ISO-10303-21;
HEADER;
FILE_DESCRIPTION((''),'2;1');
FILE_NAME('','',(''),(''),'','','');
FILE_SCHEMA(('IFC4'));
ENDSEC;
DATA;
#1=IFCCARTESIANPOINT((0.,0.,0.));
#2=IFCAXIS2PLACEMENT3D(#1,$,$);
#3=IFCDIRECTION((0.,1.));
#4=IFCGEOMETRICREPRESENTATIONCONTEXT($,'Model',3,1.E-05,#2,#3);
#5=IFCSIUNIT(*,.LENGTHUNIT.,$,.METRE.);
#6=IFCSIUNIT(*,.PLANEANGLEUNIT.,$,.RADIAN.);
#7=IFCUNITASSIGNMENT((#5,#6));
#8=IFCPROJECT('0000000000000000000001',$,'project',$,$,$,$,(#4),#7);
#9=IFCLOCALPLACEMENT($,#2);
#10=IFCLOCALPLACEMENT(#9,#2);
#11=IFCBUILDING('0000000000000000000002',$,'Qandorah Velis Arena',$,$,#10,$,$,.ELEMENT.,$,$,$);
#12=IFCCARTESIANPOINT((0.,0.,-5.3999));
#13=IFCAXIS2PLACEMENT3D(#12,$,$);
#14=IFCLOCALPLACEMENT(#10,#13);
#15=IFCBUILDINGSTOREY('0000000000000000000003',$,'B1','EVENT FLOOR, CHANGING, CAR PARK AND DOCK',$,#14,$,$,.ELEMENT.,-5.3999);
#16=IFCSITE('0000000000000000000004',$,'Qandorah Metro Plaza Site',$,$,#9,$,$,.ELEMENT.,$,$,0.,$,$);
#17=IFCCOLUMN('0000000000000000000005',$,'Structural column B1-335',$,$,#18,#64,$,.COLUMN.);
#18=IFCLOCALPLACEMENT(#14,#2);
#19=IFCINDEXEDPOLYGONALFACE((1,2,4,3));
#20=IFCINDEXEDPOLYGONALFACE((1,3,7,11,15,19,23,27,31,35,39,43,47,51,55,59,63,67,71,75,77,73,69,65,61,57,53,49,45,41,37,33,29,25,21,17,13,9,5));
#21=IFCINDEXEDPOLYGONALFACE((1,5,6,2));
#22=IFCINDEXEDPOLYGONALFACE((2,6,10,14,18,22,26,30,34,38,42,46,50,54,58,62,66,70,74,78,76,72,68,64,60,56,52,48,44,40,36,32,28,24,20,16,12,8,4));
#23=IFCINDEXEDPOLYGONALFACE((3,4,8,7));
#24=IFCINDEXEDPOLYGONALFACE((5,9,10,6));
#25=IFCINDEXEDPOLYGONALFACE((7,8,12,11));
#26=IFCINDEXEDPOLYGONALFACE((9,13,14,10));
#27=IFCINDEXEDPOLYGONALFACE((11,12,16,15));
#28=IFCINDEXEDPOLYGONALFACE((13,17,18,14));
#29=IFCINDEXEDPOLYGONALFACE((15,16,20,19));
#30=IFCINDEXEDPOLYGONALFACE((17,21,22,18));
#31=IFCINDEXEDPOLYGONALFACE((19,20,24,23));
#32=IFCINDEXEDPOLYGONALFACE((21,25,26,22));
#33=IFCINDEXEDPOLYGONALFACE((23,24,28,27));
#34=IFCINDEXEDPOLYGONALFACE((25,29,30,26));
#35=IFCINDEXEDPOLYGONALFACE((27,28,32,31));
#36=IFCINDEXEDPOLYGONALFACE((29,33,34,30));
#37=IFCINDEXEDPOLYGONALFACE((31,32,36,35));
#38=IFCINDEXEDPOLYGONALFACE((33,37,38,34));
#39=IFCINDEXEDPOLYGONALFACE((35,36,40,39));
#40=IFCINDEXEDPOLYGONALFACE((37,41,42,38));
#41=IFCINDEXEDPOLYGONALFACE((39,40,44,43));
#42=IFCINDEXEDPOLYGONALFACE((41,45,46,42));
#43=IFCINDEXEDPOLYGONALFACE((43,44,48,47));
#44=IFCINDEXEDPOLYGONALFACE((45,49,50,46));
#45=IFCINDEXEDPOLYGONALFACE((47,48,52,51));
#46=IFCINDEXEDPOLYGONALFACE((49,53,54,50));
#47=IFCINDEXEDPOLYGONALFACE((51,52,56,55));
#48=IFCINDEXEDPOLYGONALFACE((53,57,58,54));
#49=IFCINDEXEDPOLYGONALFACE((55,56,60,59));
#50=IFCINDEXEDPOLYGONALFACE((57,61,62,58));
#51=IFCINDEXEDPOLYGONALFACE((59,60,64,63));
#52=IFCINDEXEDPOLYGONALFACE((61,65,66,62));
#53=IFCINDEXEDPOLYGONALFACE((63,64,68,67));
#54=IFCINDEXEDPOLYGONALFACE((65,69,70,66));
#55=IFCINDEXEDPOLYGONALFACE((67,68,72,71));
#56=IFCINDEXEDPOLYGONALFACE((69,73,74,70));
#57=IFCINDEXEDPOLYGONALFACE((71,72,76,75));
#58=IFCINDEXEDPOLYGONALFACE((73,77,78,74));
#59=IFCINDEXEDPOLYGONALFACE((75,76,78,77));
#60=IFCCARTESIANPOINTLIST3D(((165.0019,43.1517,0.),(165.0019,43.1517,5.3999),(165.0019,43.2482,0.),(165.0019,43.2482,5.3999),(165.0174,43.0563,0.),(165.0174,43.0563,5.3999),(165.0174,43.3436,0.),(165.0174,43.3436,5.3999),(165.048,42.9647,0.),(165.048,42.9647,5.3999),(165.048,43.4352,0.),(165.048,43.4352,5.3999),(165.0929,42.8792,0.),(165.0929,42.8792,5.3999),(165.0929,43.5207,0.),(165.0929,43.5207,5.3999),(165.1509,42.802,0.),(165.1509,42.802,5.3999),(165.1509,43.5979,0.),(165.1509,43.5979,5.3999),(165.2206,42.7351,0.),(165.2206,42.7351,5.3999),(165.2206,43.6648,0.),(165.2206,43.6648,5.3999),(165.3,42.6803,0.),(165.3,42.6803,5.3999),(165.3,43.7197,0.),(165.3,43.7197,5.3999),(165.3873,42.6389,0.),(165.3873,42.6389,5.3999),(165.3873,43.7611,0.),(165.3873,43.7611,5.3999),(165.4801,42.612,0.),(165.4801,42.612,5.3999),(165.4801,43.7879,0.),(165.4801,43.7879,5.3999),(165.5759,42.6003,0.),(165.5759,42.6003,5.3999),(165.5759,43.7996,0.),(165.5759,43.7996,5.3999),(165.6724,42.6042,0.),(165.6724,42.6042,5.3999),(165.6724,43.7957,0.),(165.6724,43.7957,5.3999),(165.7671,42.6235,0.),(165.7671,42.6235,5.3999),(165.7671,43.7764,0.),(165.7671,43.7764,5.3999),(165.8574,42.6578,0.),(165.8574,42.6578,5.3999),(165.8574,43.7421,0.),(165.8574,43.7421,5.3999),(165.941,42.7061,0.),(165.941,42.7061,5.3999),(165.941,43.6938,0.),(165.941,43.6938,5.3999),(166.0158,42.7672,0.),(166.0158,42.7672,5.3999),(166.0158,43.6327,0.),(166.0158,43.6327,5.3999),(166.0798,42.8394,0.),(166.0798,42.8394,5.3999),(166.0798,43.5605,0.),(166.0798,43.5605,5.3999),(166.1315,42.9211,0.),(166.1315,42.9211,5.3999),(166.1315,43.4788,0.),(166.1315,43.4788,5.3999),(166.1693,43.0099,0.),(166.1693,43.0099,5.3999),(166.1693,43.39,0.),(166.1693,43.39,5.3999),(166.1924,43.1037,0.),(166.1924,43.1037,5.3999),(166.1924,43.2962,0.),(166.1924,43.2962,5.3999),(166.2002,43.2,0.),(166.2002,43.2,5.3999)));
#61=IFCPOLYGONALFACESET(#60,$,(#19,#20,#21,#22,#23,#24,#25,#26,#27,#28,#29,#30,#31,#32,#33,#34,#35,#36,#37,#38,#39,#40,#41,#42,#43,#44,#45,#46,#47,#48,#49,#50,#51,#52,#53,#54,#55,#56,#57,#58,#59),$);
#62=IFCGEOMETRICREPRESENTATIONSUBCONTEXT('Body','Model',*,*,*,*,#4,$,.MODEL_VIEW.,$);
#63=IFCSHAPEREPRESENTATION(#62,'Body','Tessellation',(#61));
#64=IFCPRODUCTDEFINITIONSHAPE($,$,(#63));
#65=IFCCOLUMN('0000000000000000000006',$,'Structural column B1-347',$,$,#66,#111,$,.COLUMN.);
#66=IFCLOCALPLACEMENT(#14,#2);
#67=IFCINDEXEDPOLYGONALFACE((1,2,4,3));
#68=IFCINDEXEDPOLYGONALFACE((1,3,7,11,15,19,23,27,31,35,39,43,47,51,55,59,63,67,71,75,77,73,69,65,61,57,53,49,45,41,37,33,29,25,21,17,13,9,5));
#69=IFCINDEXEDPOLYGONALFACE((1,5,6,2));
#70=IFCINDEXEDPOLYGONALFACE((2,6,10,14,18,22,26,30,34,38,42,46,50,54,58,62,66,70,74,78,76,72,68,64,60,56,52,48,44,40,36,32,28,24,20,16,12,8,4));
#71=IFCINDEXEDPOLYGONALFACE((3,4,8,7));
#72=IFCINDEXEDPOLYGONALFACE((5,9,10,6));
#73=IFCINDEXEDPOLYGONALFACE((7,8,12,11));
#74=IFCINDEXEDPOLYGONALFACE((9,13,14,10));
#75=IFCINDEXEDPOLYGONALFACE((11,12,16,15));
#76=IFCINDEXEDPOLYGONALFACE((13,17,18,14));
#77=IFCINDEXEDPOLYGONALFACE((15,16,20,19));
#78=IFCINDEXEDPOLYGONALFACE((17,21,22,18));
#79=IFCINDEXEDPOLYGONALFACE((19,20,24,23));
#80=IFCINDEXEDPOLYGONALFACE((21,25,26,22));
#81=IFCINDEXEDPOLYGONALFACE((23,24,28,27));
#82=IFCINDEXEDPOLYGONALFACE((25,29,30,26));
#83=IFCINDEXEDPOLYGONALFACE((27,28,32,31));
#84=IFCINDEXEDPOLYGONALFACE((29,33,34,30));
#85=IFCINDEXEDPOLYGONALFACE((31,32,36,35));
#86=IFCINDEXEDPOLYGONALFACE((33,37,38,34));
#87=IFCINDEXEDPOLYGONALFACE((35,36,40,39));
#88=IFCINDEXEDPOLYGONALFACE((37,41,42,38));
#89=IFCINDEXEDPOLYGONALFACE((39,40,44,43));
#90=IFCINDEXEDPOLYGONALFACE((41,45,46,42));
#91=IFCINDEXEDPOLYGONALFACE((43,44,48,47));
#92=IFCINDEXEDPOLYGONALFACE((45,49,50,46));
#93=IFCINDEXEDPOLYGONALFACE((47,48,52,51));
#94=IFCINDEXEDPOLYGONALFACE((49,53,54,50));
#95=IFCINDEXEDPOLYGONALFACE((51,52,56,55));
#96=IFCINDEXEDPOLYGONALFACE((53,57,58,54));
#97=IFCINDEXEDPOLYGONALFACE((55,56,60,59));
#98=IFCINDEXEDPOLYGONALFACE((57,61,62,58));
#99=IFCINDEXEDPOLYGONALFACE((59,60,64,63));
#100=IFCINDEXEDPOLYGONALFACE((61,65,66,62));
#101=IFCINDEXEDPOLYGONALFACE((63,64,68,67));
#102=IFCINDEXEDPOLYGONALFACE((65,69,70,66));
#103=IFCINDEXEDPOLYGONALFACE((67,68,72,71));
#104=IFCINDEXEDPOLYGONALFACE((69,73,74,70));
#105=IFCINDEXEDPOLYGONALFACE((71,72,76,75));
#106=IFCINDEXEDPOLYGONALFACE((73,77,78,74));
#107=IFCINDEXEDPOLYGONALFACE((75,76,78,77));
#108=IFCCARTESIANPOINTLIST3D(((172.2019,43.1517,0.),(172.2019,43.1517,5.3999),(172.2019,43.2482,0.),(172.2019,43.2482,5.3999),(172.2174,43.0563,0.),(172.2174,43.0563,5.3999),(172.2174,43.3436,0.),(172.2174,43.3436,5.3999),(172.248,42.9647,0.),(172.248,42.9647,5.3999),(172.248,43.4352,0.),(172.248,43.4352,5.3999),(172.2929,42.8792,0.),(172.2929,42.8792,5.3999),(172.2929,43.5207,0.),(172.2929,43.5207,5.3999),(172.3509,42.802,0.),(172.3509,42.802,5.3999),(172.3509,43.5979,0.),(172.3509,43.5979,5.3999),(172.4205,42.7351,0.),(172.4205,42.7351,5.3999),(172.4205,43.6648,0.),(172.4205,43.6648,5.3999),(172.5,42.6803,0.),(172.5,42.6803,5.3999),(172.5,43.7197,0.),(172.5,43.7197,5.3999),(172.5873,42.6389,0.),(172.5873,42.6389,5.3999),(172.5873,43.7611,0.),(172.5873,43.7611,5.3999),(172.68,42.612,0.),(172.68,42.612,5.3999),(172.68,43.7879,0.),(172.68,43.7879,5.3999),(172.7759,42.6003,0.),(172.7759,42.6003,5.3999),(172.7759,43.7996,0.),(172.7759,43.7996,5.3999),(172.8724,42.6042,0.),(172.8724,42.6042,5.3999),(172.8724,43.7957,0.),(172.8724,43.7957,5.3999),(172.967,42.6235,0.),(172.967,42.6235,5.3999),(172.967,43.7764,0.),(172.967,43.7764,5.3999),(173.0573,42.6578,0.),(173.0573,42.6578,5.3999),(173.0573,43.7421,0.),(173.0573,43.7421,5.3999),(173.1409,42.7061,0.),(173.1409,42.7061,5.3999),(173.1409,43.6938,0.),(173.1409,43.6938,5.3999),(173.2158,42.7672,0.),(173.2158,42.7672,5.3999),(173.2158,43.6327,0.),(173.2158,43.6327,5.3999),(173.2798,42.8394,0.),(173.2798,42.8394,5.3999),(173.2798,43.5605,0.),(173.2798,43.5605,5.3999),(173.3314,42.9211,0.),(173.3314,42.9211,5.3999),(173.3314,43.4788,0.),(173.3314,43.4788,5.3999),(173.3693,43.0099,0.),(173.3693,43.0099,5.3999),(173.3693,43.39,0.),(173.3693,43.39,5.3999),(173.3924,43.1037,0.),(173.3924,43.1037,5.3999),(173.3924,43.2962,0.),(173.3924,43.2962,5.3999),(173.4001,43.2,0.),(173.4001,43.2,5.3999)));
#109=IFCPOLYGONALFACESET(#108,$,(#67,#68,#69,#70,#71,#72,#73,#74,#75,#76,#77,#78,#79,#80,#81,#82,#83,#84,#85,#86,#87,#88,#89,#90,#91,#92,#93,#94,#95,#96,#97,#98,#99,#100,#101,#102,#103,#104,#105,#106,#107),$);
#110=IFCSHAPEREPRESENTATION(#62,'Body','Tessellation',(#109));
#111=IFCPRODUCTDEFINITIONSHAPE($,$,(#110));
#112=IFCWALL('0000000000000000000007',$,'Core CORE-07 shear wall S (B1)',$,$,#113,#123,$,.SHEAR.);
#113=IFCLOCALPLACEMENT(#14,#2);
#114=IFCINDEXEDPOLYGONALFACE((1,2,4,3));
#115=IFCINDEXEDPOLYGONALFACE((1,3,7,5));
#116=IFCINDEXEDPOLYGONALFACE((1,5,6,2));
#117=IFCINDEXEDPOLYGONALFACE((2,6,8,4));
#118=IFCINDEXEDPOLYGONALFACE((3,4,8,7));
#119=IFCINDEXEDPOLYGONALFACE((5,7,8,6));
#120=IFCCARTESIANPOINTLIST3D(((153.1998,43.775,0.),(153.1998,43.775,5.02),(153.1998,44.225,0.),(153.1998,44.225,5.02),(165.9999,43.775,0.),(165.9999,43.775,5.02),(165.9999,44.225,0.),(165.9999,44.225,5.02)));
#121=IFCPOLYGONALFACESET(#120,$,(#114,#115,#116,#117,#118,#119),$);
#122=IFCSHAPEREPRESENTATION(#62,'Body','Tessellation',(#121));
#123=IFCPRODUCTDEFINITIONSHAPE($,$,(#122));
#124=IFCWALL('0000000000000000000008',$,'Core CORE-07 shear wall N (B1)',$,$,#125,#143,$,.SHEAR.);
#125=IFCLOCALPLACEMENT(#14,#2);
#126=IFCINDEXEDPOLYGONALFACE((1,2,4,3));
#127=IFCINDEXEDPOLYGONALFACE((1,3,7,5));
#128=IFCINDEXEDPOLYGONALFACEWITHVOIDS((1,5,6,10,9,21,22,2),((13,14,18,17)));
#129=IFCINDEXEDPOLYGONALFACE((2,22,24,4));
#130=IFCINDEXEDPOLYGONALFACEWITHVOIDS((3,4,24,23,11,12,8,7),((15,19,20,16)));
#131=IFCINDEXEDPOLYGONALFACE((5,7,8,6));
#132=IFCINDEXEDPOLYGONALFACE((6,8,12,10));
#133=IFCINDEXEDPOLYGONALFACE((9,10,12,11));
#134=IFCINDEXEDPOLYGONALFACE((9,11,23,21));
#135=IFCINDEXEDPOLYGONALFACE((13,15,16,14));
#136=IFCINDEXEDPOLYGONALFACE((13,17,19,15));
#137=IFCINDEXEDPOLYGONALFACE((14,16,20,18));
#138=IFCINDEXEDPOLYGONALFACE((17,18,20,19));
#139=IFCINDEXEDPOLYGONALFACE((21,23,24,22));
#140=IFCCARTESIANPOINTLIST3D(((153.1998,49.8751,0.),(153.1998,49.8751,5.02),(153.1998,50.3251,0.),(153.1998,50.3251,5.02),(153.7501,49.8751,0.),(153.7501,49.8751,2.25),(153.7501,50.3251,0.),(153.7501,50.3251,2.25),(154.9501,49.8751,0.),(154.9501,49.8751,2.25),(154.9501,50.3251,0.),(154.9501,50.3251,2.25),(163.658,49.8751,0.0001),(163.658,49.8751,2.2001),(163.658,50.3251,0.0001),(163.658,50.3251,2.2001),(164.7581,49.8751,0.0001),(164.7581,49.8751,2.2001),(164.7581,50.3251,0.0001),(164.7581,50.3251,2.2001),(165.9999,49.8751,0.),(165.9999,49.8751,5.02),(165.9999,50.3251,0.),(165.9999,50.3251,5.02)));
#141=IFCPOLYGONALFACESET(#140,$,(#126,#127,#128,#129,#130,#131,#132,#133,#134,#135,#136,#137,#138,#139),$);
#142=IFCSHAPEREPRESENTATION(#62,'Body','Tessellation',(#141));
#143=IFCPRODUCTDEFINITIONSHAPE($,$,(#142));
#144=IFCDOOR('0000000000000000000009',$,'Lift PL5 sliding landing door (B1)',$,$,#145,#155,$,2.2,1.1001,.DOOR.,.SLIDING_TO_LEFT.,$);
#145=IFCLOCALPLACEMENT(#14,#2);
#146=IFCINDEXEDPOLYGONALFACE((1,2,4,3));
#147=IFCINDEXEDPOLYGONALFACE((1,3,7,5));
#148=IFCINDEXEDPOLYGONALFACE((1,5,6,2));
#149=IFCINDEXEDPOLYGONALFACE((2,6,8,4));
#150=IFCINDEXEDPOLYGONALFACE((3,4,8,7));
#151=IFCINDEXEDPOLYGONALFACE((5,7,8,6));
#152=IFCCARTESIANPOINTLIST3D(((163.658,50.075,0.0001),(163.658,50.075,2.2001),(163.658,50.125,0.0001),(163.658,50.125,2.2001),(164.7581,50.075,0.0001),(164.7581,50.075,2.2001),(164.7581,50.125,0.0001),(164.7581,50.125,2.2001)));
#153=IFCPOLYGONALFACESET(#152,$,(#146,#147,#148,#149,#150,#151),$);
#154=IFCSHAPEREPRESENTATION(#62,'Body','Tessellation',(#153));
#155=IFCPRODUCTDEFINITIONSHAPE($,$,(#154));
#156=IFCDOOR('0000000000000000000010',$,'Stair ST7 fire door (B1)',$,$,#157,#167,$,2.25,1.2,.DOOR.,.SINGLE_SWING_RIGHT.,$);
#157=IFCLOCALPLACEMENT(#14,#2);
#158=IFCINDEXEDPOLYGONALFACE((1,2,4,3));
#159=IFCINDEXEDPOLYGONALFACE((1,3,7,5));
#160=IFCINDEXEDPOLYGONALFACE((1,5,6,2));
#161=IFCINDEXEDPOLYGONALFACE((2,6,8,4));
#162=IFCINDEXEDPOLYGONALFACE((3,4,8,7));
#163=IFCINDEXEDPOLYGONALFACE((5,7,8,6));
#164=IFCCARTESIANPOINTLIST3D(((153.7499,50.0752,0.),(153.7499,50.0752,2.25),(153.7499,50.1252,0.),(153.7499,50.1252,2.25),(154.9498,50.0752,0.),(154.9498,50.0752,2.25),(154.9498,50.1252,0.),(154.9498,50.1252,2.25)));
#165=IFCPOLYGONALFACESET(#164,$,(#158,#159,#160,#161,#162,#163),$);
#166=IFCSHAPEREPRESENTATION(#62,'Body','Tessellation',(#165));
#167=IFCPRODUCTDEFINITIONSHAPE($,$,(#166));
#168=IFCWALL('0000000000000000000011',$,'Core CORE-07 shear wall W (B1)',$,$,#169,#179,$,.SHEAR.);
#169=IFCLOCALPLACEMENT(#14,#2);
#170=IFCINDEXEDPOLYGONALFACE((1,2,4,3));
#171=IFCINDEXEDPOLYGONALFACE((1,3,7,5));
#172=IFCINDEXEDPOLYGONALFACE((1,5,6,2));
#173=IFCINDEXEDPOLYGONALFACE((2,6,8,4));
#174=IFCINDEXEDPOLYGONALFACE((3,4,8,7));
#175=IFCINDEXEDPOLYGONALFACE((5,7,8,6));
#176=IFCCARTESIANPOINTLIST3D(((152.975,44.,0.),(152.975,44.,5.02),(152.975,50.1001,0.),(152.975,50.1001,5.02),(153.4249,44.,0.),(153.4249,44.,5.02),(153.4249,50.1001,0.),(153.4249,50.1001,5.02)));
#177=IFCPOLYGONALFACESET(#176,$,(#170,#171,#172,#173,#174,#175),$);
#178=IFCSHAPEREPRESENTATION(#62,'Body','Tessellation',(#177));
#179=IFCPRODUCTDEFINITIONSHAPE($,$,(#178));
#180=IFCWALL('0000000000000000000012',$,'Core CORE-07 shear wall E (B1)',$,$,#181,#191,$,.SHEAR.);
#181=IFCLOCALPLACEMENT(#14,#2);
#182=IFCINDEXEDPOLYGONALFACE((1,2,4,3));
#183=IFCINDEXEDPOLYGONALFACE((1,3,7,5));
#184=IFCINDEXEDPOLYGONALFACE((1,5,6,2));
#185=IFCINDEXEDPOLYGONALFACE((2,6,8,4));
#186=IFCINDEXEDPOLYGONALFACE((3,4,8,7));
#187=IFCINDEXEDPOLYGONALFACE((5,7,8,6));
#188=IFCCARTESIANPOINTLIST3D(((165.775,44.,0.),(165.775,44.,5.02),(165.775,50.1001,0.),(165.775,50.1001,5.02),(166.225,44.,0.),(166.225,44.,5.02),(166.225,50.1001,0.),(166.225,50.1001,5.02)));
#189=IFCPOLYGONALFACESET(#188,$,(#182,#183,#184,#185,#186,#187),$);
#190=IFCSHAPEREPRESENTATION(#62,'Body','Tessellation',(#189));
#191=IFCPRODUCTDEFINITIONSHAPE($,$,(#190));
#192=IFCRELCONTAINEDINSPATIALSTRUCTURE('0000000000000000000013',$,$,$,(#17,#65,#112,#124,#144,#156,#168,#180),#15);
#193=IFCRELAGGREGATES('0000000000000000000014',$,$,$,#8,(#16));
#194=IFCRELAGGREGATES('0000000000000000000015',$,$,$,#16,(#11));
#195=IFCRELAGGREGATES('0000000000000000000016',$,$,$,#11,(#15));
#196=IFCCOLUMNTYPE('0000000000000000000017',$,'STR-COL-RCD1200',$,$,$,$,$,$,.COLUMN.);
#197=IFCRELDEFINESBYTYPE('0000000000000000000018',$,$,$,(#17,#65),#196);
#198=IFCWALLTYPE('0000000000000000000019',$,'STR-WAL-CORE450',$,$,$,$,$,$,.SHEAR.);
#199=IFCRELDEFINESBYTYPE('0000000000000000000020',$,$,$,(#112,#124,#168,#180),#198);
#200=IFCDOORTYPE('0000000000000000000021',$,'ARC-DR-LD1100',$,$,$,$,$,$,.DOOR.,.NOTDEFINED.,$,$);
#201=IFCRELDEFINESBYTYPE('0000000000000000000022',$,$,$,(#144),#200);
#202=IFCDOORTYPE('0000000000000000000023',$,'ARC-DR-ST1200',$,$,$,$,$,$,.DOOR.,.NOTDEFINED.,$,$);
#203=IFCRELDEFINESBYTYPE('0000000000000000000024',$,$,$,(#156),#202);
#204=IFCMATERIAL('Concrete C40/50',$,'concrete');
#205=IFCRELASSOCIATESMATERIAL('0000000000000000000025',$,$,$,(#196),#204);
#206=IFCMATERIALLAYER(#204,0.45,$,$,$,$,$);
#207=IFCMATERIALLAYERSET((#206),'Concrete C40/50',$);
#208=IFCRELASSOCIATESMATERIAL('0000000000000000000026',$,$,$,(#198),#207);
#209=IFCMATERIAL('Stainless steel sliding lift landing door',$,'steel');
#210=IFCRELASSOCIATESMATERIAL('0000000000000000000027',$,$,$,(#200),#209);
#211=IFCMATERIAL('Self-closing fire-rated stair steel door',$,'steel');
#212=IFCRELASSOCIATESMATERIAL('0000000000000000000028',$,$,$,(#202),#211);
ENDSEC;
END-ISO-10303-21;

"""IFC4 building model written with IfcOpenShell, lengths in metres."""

from ifc_helpers import new_model, si_unit, direction, frame, frame_2d, origin, origin_2d, place, context, subcontext, project, spatial, rectangle, circle, extrude, material, layer, layer_set, material_profile, profile_set, type_object, element, fill, save


model = new_model("IFC4")

# Units and contexts
model_context = context("Model", 3, precision=1e-05, world=origin(), true_north=direction((0.0, 1.0)))
body_context = subcontext(model_context, "Body", "Model", "MODEL_VIEW")
ifc_project = project(units=[si_unit("LENGTHUNIT", "METRE"), si_unit("PLANEANGLEUNIT", "RADIAN")], contexts=[model_context])

# Site, building, storey
site_placement = place(None, origin())
site = spatial("IfcSite", under=ifc_project, at=site_placement, Name="Qandorah Metro Plaza Site", CompositionType="ELEMENT", RefElevation=0.0)
building_placement = place(site_placement, origin())
building = spatial("IfcBuilding", under=site, at=building_placement, Name="Qandorah Velis Arena", CompositionType="ELEMENT")
storey_placement = place(building_placement, frame((0.0, 0.0, -5.3999)))
storey = spatial("IfcBuildingStorey", under=building, at=storey_placement, Name="B1", Description="EVENT FLOOR, CHANGING, CAR PARK AND DOCK", CompositionType="ELEMENT", Elevation=-5.3999)

# Shared definitions
ifc_material_1 = material(Name="Concrete C40/50", Category="concrete")

# Columns
ifc_material_profile_1 = material_profile(ifc_material_1, circle(Radius=0.6001, at=origin_2d()), Name="RC D1200")
ifc_profile_set_1 = profile_set([ifc_material_profile_1], Name="Concrete C40/50")
column_type_1 = type_object("IfcColumnType", Name="STR-COL-RCD1200", PredefinedType="COLUMN", material=ifc_profile_set_1)
for number, where, z_axis, x_axis, name in (
    (1, (165.6001, 43.2, 0.0), (0.0, 0.0, 1.0), (1.0, 0.0, 0.0), "Structural column B1-335"),
    (2, (172.8, 43.2, 0.0), (0.0, 0.0, 1.0), (1.0, 0.0, 0.0), "Structural column B1-347"),
):
    element("IfcColumn", number, at=place(storey_placement, frame(where, z_axis=z_axis, x_axis=x_axis)), inside=storey, type_object=column_type_1, Name=name, PredefinedType="COLUMN", context=body_context, shape_type="SweptSolid", body=[
        extrude(circle(Radius=0.6001, at=origin_2d()), origin(), (0.0, 0.0, 1.0), 5.3999),
    ])

# Wall
ifc_layer_1 = layer(ifc_material_1, 0.45)
ifc_layer_set_1 = layer_set([ifc_layer_1], Name="Concrete C40/50")
wall_type_1 = type_object("IfcWallType", Name="STR-WAL-CORE450", PredefinedType="SHEAR", material=ifc_layer_set_1)
wall_1_placement = place(storey_placement, frame((153.2, 44.0, 0.0), z_axis=(0.0, 0.0, 1.0), x_axis=(1.0, 0.0, 0.0)))
element("IfcWall", 3, at=wall_1_placement, inside=storey, type_object=wall_type_1, Name="Core CORE-07 shear wall S (B1)", PredefinedType="SHEAR", context=body_context, shape_type="SweptSolid", body=[
    extrude(rectangle(XDim=12.8, YDim=0.45, at=frame_2d((6.3999, 0.0))), origin(), (0.0, 0.0, 1.0), 5.02),
])

# Wall, openings, doors
wall_2_placement = place(storey_placement, frame((153.2, 50.1001, 0.0), z_axis=(0.0, 0.0, 1.0), x_axis=(1.0, 0.0, 0.0)))
wall_2 = element("IfcWall", 4, at=wall_2_placement, inside=storey, type_object=wall_type_1, Name="Core CORE-07 shear wall N (B1)", PredefinedType="SHEAR", context=body_context, shape_type="SweptSolid", body=[
    extrude(rectangle(XDim=12.8, YDim=0.45, at=frame_2d((6.3999, 0.0))), origin(), (0.0, 0.0, 1.0), 5.02),
])
opening_1_placement = place(wall_2_placement, frame((0.55, 0.0, 0.0)))
opening_1 = element("IfcOpeningElement", 5, at=opening_1_placement, cuts=wall_2, PredefinedType="OPENING", context=body_context, shape_type="SweptSolid", body=[
    extrude(rectangle(XDim=1.2, YDim=2.25, at=frame_2d((0.6001, 1.125))), frame((0.0, 0.2349, 0.0), z_axis=(0.0, -1.0, 0.0), x_axis=(1.0, 0.0, 0.0)), (0.0, 0.0, 1.0), 0.47),
])
opening_2_placement = place(wall_2_placement, frame((10.458, 0.0, 0.0)))
opening_2 = element("IfcOpeningElement", 6, at=opening_2_placement, cuts=wall_2, PredefinedType="OPENING", context=body_context, shape_type="SweptSolid", body=[
    extrude(rectangle(XDim=1.1001, YDim=2.2, at=frame_2d((0.55, 1.1001))), frame((0.0, 0.2349, 0.0), z_axis=(0.0, -1.0, 0.0), x_axis=(1.0, 0.0, 0.0)), (0.0, 0.0, 1.0), 0.47),
])
ifc_material_2 = material(Name="Stainless steel sliding lift landing door", Category="steel")
door_type_1 = type_object("IfcDoorType", Name="ARC-DR-LD1100", OperationType="NOTDEFINED", PredefinedType="DOOR", material=ifc_material_2)
door_1_placement = place(opening_2_placement, origin())
door_1 = element("IfcDoor", 7, at=door_1_placement, inside=storey, type_object=door_type_1, Name="Lift PL5 sliding landing door (B1)", OperationType="SLIDING_TO_LEFT", OverallHeight=2.2, OverallWidth=1.1001, PredefinedType="DOOR", context=body_context, shape_type="SweptSolid", body=[
    extrude(rectangle(XDim=1.1001, YDim=2.2, at=frame_2d((0.55, 1.1001))), frame((0.0, 0.0249, 0.0), z_axis=(0.0, -1.0, 0.0), x_axis=(1.0, 0.0, 0.0)), (0.0, 0.0, 1.0), 0.05),
])
fill(opening_2, door_1)
ifc_material_3 = material(Name="Self-closing fire-rated stair steel door", Category="steel")
door_type_2 = type_object("IfcDoorType", Name="ARC-DR-ST1200", OperationType="NOTDEFINED", PredefinedType="DOOR", material=ifc_material_3)
door_2_placement = place(opening_1_placement, frame((1.2, 0.0, 0.0), z_axis=(0.0, 0.0, 1.0), x_axis=(-1.0, 0.0, 0.0)))
door_2 = element("IfcDoor", 8, at=door_2_placement, inside=storey, type_object=door_type_2, Name="Stair ST7 fire door (B1)", OperationType="SINGLE_SWING_RIGHT", OverallHeight=2.25, OverallWidth=1.2, PredefinedType="DOOR", context=body_context, shape_type="SweptSolid", body=[
    extrude(rectangle(XDim=1.2, YDim=2.25, at=frame_2d((0.6001, 1.125))), frame((0.0, 0.0249, 0.0), z_axis=(0.0, -1.0, 0.0), x_axis=(1.0, 0.0, 0.0)), (0.0, 0.0, 1.0), 0.05),
])
fill(opening_1, door_2)

# Walls
for number, where, z_axis, x_axis, name in (
    (9, (153.2, 44.0, 0.0), (0.0, 0.0, 1.0), (0.0, 1.0, 0.0), "Core CORE-07 shear wall W (B1)"),
    (10, (166.0, 44.0, 0.0), (0.0, 0.0, 1.0), (0.0, 1.0, 0.0), "Core CORE-07 shear wall E (B1)"),
):
    element("IfcWall", number, at=place(storey_placement, frame(where, z_axis=z_axis, x_axis=x_axis)), inside=storey, type_object=wall_type_1, Name=name, PredefinedType="SHEAR", context=body_context, shape_type="SweptSolid", body=[
        extrude(rectangle(XDim=6.1001, YDim=0.45, at=frame_2d((3.05, 0.0))), origin(), (0.0, 0.0, 1.0), 5.02),
    ])

save(model, "model.ifc")
